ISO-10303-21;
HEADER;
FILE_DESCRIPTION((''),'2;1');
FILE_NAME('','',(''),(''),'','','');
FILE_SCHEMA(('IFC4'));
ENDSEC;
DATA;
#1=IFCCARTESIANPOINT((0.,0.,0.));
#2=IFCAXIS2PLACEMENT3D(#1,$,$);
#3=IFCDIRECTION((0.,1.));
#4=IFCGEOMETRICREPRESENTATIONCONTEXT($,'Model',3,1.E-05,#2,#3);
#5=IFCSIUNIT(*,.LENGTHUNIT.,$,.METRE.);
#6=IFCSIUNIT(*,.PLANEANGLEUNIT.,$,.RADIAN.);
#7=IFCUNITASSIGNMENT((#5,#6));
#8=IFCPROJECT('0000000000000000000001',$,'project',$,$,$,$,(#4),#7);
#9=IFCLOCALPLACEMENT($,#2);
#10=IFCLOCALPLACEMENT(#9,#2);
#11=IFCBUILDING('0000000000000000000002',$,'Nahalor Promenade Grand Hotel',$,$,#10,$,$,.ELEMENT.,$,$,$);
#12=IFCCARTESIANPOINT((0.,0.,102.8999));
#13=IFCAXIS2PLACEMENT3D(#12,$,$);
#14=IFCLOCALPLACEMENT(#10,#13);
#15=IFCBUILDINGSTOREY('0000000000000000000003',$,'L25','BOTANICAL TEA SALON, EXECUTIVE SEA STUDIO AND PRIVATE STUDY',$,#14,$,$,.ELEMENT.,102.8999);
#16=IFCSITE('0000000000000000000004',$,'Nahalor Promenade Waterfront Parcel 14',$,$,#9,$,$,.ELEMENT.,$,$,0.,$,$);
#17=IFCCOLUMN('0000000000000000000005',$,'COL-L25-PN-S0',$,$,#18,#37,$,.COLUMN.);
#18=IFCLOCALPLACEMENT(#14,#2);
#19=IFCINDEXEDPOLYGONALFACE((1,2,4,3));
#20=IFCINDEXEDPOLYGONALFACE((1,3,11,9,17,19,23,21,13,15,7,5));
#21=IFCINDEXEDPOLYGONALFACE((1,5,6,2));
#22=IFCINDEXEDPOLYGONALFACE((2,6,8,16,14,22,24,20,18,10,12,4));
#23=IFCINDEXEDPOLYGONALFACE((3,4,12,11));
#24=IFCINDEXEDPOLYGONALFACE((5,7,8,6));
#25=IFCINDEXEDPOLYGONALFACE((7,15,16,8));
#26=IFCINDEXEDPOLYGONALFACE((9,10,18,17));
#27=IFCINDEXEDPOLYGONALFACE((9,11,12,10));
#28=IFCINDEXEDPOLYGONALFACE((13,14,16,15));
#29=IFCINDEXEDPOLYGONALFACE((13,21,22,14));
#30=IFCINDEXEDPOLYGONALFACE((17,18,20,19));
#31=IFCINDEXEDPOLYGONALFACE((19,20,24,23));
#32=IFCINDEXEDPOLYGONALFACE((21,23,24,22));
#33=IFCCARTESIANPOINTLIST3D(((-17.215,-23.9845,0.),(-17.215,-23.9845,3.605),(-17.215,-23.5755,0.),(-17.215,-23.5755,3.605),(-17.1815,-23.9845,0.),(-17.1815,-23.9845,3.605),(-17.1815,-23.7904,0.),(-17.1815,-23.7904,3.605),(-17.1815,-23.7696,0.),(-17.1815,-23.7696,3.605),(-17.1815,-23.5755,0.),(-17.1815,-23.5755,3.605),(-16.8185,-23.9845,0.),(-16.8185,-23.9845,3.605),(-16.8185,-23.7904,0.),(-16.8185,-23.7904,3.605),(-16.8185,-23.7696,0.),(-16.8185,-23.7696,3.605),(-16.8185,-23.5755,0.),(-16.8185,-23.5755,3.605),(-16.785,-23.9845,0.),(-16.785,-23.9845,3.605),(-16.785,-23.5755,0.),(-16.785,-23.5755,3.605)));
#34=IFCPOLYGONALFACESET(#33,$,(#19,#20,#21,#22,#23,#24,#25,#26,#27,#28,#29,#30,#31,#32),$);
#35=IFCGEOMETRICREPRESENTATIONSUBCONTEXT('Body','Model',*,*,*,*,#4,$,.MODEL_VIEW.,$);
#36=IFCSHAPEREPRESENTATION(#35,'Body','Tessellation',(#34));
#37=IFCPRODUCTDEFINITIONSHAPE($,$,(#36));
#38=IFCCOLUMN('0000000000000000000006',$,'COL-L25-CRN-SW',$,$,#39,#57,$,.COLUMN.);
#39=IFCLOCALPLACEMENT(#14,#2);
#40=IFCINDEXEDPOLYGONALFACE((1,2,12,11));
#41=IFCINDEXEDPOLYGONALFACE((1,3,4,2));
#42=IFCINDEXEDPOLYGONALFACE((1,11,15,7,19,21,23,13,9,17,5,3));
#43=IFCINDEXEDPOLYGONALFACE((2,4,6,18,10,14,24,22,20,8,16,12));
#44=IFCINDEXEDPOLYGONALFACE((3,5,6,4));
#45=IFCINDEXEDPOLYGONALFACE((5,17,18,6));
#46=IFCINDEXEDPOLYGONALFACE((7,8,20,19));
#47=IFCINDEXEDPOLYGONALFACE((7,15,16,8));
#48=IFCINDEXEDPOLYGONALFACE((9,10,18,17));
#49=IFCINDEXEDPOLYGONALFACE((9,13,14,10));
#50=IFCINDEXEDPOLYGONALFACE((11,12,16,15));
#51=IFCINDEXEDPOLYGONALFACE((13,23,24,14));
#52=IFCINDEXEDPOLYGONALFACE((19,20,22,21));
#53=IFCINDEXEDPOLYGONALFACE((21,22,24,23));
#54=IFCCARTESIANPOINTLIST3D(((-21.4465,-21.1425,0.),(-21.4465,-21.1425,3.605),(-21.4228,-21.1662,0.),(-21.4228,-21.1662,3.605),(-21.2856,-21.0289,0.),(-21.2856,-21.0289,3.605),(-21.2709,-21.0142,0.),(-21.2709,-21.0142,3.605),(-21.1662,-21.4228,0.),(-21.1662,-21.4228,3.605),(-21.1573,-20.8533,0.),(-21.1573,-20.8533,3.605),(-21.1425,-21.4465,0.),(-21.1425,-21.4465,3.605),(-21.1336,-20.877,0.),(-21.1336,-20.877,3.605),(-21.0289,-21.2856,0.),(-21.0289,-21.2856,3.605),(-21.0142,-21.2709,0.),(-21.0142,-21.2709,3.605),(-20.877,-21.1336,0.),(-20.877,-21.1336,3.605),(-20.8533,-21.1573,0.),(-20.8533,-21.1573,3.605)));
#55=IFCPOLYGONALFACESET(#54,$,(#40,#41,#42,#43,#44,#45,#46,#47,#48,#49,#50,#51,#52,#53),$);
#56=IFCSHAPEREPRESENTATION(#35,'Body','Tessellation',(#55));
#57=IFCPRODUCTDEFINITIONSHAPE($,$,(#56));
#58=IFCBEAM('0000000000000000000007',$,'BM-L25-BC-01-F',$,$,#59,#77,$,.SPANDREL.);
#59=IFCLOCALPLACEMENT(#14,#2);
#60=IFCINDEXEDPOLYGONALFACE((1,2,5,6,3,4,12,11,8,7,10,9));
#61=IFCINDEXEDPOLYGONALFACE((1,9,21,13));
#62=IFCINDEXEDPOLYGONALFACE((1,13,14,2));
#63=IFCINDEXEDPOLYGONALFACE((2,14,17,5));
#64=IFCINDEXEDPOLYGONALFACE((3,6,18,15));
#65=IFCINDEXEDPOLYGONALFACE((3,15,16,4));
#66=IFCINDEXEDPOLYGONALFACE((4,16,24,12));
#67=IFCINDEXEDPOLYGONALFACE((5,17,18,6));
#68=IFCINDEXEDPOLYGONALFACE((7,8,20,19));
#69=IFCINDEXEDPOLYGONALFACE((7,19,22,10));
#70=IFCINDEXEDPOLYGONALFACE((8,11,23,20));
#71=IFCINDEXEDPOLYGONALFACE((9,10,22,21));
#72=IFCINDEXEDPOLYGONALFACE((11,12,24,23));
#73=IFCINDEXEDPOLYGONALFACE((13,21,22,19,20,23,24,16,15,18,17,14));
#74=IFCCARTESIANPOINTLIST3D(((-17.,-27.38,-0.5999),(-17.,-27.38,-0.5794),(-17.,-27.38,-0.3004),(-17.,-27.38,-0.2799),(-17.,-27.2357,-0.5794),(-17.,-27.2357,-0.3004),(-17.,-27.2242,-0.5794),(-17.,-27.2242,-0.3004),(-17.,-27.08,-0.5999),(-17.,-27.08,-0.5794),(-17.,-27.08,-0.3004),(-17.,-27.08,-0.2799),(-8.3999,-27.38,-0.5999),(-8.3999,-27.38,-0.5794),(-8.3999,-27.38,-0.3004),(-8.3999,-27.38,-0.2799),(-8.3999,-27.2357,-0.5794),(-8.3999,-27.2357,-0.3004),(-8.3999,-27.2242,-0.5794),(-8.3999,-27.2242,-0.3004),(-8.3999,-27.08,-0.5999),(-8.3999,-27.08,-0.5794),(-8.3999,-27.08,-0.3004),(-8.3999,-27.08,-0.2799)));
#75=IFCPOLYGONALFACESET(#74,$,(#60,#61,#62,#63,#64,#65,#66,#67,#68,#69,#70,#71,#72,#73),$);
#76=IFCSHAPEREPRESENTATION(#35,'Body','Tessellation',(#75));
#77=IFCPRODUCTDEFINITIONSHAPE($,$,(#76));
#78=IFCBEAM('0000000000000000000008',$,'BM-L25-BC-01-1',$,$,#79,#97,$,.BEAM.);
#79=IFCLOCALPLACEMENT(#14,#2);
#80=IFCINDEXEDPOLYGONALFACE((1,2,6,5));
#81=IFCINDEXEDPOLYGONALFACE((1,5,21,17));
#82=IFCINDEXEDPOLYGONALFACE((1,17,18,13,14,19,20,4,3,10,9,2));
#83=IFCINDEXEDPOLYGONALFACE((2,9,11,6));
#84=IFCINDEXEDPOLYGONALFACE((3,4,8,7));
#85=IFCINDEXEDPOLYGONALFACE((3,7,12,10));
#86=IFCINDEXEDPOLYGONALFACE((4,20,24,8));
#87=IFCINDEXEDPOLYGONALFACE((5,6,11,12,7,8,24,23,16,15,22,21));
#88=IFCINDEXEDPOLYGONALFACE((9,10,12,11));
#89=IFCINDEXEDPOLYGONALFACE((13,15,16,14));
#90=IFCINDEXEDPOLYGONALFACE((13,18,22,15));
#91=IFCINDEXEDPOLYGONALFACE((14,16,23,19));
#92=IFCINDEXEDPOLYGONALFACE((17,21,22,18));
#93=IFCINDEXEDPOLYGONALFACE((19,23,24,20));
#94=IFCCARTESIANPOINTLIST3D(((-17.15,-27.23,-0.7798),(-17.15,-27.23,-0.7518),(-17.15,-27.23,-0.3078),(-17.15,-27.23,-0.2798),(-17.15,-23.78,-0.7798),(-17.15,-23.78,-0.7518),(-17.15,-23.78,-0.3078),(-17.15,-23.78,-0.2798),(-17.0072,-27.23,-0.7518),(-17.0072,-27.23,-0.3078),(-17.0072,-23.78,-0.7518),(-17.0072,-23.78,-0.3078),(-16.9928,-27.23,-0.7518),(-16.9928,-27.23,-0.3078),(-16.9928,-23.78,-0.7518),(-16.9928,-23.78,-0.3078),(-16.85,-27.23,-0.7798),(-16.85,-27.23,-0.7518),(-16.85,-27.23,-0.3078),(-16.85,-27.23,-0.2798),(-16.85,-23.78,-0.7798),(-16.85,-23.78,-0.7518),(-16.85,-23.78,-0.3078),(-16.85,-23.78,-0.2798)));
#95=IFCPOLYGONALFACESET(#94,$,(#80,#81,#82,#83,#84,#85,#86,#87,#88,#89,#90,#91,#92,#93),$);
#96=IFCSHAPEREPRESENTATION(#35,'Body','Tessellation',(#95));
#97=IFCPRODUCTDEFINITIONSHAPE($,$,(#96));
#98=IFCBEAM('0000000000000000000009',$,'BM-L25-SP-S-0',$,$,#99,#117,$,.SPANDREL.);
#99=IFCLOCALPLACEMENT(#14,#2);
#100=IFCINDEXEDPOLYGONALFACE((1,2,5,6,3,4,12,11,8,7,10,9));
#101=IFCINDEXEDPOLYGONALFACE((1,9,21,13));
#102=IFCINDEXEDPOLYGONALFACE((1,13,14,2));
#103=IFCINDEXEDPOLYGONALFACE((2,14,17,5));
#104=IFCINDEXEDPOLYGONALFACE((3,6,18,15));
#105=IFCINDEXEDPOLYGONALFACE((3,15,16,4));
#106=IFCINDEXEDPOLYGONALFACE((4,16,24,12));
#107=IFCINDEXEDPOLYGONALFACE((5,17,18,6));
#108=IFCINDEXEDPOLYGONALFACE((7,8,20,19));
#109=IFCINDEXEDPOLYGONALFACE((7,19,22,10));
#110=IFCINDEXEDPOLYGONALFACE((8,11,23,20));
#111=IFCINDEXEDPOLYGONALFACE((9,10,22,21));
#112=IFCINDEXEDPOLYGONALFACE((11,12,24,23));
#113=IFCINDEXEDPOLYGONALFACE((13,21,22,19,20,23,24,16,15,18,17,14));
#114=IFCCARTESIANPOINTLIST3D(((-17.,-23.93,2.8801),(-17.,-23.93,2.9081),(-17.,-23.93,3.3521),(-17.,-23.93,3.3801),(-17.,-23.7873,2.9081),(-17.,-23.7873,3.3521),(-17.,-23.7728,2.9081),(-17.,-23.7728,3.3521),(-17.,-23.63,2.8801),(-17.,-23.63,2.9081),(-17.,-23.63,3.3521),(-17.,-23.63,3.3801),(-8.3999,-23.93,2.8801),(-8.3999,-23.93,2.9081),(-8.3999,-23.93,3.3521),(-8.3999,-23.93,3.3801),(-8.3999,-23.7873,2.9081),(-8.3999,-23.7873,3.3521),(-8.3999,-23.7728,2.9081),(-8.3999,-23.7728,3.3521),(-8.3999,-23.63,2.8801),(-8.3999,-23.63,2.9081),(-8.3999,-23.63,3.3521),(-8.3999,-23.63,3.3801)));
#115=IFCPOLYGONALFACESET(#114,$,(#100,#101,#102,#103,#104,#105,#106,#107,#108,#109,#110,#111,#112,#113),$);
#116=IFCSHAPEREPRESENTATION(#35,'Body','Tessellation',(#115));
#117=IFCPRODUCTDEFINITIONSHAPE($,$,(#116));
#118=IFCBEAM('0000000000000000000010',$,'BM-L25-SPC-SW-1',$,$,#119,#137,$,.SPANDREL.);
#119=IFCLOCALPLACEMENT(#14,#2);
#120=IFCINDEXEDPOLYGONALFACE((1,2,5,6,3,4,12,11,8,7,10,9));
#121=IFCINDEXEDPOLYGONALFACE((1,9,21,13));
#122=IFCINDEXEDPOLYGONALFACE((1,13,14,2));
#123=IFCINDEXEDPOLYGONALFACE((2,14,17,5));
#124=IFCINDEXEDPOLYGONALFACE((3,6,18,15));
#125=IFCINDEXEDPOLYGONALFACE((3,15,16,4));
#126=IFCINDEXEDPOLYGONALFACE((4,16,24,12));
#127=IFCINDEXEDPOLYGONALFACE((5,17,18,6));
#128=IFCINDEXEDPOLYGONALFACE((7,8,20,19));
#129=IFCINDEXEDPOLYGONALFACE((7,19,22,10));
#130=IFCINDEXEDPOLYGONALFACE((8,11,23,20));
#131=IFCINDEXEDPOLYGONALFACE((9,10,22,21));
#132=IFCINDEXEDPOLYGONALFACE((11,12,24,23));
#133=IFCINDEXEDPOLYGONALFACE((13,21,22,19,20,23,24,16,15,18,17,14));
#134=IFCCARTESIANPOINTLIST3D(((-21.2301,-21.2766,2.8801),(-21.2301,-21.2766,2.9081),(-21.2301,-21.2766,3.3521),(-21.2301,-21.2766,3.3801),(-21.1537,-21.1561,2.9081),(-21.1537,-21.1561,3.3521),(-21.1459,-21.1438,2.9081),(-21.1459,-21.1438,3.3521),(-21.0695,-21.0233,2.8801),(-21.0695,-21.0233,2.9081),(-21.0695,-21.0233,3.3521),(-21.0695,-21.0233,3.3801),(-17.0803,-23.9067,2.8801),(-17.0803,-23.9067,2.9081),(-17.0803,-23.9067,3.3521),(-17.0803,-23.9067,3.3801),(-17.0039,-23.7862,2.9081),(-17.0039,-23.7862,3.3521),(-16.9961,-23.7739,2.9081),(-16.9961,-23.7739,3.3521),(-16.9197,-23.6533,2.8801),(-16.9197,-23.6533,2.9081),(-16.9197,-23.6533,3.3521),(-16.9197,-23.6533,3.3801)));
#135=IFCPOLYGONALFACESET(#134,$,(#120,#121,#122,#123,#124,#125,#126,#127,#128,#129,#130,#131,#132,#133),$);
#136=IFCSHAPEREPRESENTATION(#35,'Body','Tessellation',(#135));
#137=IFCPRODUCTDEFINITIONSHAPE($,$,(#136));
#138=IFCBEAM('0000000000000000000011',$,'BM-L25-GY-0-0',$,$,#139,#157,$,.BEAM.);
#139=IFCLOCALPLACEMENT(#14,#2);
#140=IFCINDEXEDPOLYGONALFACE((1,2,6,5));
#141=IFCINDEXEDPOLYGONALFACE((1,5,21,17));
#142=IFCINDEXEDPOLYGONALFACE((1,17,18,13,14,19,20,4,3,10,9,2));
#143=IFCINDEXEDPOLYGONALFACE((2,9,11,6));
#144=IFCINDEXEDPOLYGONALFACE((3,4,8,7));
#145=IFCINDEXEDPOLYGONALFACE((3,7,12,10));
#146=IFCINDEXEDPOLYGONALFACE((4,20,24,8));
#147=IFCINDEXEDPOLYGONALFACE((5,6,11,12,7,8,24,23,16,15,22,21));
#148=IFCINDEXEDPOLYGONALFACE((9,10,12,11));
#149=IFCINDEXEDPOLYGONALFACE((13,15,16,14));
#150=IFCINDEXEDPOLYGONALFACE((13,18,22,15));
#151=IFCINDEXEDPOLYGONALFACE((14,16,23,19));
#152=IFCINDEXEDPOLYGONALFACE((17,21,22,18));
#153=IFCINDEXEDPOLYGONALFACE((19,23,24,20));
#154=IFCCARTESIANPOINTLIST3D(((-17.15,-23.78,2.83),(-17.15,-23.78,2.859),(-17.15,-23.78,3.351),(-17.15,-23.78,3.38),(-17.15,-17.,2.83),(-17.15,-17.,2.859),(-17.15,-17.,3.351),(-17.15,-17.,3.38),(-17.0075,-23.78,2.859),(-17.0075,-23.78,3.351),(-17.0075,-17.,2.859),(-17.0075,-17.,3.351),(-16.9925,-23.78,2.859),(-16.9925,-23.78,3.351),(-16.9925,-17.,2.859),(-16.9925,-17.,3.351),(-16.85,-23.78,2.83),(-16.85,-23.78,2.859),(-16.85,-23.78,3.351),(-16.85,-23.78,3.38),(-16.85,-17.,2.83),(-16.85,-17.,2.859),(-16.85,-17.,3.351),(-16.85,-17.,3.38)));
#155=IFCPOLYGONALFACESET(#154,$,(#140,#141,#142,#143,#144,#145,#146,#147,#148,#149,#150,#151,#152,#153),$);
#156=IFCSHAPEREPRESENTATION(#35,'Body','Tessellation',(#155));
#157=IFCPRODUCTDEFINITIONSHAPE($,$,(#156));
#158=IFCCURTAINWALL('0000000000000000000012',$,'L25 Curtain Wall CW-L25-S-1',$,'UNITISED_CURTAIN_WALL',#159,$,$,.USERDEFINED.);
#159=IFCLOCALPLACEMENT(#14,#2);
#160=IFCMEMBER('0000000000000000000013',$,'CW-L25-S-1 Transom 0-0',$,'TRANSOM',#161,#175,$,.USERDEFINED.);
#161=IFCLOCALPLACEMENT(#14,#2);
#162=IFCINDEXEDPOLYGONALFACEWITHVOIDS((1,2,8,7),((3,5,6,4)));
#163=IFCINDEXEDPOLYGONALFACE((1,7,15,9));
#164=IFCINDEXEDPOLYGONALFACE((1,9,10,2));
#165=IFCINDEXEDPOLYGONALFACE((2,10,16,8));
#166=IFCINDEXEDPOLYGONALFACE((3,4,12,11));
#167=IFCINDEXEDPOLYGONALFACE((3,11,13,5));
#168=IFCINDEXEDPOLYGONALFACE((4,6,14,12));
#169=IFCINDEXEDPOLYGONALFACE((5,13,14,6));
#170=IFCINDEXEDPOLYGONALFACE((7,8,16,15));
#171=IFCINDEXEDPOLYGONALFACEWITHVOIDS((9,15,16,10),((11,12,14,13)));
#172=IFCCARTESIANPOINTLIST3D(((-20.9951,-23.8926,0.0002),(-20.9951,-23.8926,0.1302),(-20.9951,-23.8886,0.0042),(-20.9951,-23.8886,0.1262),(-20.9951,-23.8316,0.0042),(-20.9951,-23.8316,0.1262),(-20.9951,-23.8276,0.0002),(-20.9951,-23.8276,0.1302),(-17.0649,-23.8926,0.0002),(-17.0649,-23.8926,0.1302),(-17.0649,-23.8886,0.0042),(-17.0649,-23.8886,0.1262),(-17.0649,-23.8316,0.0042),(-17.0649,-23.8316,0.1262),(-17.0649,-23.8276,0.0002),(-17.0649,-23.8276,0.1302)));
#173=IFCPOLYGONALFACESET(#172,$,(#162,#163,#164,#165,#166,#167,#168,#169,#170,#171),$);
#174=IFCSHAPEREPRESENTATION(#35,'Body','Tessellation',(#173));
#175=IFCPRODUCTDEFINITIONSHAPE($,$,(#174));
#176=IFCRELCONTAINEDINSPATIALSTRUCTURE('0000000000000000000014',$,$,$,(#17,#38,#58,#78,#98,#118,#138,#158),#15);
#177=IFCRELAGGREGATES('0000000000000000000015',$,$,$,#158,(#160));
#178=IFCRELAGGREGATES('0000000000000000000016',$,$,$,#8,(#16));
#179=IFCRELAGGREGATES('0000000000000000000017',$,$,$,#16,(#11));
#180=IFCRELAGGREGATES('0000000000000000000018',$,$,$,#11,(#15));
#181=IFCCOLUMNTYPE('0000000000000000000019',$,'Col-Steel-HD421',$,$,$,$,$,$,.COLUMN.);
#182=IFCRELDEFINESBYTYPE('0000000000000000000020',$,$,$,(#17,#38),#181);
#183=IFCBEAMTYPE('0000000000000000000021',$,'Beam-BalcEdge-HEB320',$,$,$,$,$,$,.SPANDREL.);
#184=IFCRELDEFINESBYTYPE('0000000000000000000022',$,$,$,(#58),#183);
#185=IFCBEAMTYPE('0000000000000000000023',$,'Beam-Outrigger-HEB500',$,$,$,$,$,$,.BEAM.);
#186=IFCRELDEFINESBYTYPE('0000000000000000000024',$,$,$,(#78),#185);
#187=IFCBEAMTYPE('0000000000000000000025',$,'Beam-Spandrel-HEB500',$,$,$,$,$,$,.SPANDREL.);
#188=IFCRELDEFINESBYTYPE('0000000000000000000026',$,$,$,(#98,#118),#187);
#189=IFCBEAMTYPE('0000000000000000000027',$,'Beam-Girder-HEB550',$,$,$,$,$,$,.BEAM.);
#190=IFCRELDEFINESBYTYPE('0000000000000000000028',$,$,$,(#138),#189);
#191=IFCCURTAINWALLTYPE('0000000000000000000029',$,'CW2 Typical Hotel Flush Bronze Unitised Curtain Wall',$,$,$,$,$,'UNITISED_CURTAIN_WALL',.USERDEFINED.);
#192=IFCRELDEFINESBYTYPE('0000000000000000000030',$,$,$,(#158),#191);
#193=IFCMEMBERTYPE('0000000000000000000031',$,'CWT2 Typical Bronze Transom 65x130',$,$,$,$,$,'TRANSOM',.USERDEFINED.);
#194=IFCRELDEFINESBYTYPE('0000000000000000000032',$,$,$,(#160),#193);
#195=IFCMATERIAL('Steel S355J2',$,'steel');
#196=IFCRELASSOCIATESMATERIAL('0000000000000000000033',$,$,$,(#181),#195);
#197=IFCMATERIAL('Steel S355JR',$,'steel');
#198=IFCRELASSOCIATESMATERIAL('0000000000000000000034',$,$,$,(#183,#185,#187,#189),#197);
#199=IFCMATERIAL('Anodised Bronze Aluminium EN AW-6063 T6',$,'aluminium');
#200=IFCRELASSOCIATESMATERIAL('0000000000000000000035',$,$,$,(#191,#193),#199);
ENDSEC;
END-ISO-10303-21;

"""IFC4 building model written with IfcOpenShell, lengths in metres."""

from ifc_helpers import new_model, si_unit, direction, frame, origin, origin_2d, place, context, subcontext, project, spatial, hollow_rectangle, i_section, extrude, source, transform, mapped, material, material_profile, profile_set, type_object, element, aggregate, save


model = new_model("IFC4")

# Units and contexts
model_context = context("Model", 3, precision=1e-05, world=origin(), true_north=direction((0.0, 1.0)))
body_context = subcontext(model_context, "Body", "Model", "MODEL_VIEW")
ifc_project = project(units=[si_unit("LENGTHUNIT", "METRE"), si_unit("PLANEANGLEUNIT", "RADIAN")], contexts=[model_context])

# Site, building, storey
site_placement = place(None, origin())
site = spatial("IfcSite", under=ifc_project, at=site_placement, Name="Nahalor Promenade Waterfront Parcel 14", CompositionType="ELEMENT", RefElevation=0.0)
building_placement = place(site_placement, origin())
building = spatial("IfcBuilding", under=site, at=building_placement, Name="Nahalor Promenade Grand Hotel", CompositionType="ELEMENT")
storey_placement = place(building_placement, frame((0.0, 0.0, 102.8999)))
storey = spatial("IfcBuildingStorey", under=building, at=storey_placement, Name="L25", Description="BOTANICAL TEA SALON, EXECUTIVE SEA STUDIO AND PRIVATE STUDY", CompositionType="ELEMENT", Elevation=102.8999)

# Columns
ifc_material_1 = material(Name="Steel S355J2", Category="steel")
ifc_material_profile_1 = material_profile(ifc_material_1, i_section(OverallWidth=0.409, OverallDepth=0.43, WebThickness=0.0208, FlangeThickness=0.0335, at=origin_2d()), Name="HD 400x421")
ifc_profile_set_1 = profile_set([ifc_material_profile_1], Name="Steel S355J2")
column_type = type_object("IfcColumnType", Name="Col-Steel-HD421", PredefinedType="COLUMN", material=ifc_profile_set_1)
shared_shape_1 = source(origin(), body_context, "Body", "SweptSolid", [
    extrude(i_section(OverallWidth=0.409, OverallDepth=0.43, WebThickness=0.0208, FlangeThickness=0.0335, at=origin_2d()), origin(), (0.0, 0.0, 1.0), 3.605),
])
for number, where, z_axis, x_axis, name in (
    (1, (-17.0, -23.78, 0.0), (0.0, 0.0, 1.0), (0.0, 1.0, 0.0), "COL-L25-PN-S0"),
    (2, (-21.1499, -21.1499, 0.0), (0.0, 0.0, 1.0), (0.707107, 0.707107, 0.0), "COL-L25-CRN-SW"),
):
    element("IfcColumn", number, at=place(storey_placement, frame(where, z_axis=z_axis, x_axis=x_axis)), inside=storey, type_object=column_type, Name=name, PredefinedType="COLUMN", context=body_context, shape_type="MappedRepresentation", body=[
        mapped(shared_shape_1, transform((0.0, 0.0, 0.0), scale=1.0)),
    ])

# Beams
ifc_material_2 = material(Name="Steel S355JR", Category="steel")
ifc_material_profile_2 = material_profile(ifc_material_2, i_section(OverallWidth=0.3, OverallDepth=0.32, WebThickness=0.0115, FlangeThickness=0.0205, at=origin_2d()), Name="HEB 320")
ifc_profile_set_2 = profile_set([ifc_material_profile_2], Name="Steel S355JR")
beam_type_1 = type_object("IfcBeamType", Name="Beam-BalcEdge-HEB320", PredefinedType="SPANDREL", material=ifc_profile_set_2)
shared_shape_2 = source(origin(), body_context, "Body", "SweptSolid", [
    extrude(i_section(OverallWidth=0.3, OverallDepth=0.32, WebThickness=0.0115, FlangeThickness=0.0205, at=origin_2d()), origin(), (0.0, 0.0, 1.0), 8.6001),
])
beam_1_placement = place(storey_placement, frame((-17.0, -27.23, -0.4399), z_axis=(1.0, 0.0, 0.0), x_axis=(0.0, 1.0, 0.0)))
element("IfcBeam", 3, at=beam_1_placement, inside=storey, type_object=beam_type_1, Name="BM-L25-BC-01-F", PredefinedType="SPANDREL", context=body_context, shape_type="MappedRepresentation", body=[
    mapped(shared_shape_2, transform((0.0, 0.0, 0.0), scale=1.0)),
])
ifc_material_profile_3 = material_profile(ifc_material_2, i_section(OverallWidth=0.3, OverallDepth=0.5, WebThickness=0.0145, FlangeThickness=0.028, at=origin_2d()), Name="HEB 500")
ifc_profile_set_3 = profile_set([ifc_material_profile_3], Name="Steel S355JR")
beam_type_2 = type_object("IfcBeamType", Name="Beam-Outrigger-HEB500", PredefinedType="BEAM", material=ifc_profile_set_3)
shared_shape_3 = source(origin(), body_context, "Body", "SweptSolid", [
    extrude(i_section(OverallWidth=0.3, OverallDepth=0.5, WebThickness=0.0145, FlangeThickness=0.028, at=origin_2d()), origin(), (0.0, 0.0, 1.0), 3.45),
])
beam_2_placement = place(storey_placement, frame((-17.0, -27.23, -0.5298), z_axis=(0.0, 1.0, 0.0), x_axis=(-1.0, 0.0, 0.0)))
element("IfcBeam", 4, at=beam_2_placement, inside=storey, type_object=beam_type_2, Name="BM-L25-BC-01-1", PredefinedType="BEAM", context=body_context, shape_type="MappedRepresentation", body=[
    mapped(shared_shape_3, transform((0.0, 0.0, 0.0), scale=1.0)),
])
ifc_material_profile_4 = material_profile(ifc_material_2, i_section(OverallWidth=0.3, OverallDepth=0.5, WebThickness=0.0145, FlangeThickness=0.028, at=origin_2d()), Name="HEB 500")
ifc_profile_set_4 = profile_set([ifc_material_profile_4], Name="Steel S355JR")
beam_type_3 = type_object("IfcBeamType", Name="Beam-Spandrel-HEB500", PredefinedType="SPANDREL", material=ifc_profile_set_4)
shared_shape_4 = source(origin(), body_context, "Body", "SweptSolid", [
    extrude(i_section(OverallWidth=0.3, OverallDepth=0.5, WebThickness=0.0145, FlangeThickness=0.028, at=origin_2d()), origin(), (0.0, 0.0, 1.0), 8.6001),
])
beam_3_placement = place(storey_placement, frame((-17.0, -23.78, 3.1301), z_axis=(1.0, 0.0, 0.0), x_axis=(0.0, 1.0, 0.0)))
element("IfcBeam", 5, at=beam_3_placement, inside=storey, type_object=beam_type_3, Name="BM-L25-SP-S-0", PredefinedType="SPANDREL", context=body_context, shape_type="MappedRepresentation", body=[
    mapped(shared_shape_4, transform((0.0, 0.0, 0.0), scale=1.0)),
])
shared_shape_5 = source(origin(), body_context, "Body", "SweptSolid", [
    extrude(i_section(OverallWidth=0.3, OverallDepth=0.5, WebThickness=0.0145, FlangeThickness=0.028, at=origin_2d()), origin(), (0.0, 0.0, 1.0), 4.9131),
])
beam_4_placement = place(storey_placement, frame((-17.0, -23.78, 3.1301), z_axis=(-0.844648, 0.535322, 0.0), x_axis=(-0.535322, -0.844648, 0.0)))
element("IfcBeam", 6, at=beam_4_placement, inside=storey, type_object=beam_type_3, Name="BM-L25-SPC-SW-1", PredefinedType="SPANDREL", context=body_context, shape_type="MappedRepresentation", body=[
    mapped(shared_shape_5, transform((0.0, 0.0, 0.0), scale=1.0)),
])
ifc_material_profile_5 = material_profile(ifc_material_2, i_section(OverallWidth=0.3, OverallDepth=0.55, WebThickness=0.015, FlangeThickness=0.029, at=origin_2d()), Name="HEB 550")
ifc_profile_set_5 = profile_set([ifc_material_profile_5], Name="Steel S355JR")
beam_type_4 = type_object("IfcBeamType", Name="Beam-Girder-HEB550", PredefinedType="BEAM", material=ifc_profile_set_5)
shared_shape_6 = source(origin(), body_context, "Body", "SweptSolid", [
    extrude(i_section(OverallWidth=0.3, OverallDepth=0.55, WebThickness=0.015, FlangeThickness=0.029, at=origin_2d()), origin(), (0.0, 0.0, 1.0), 6.78),
])
beam_5_placement = place(storey_placement, frame((-17.0, -23.78, 3.105), z_axis=(0.0, 1.0, 0.0), x_axis=(-1.0, 0.0, 0.0)))
element("IfcBeam", 7, at=beam_5_placement, inside=storey, type_object=beam_type_4, Name="BM-L25-GY-0-0", PredefinedType="BEAM", context=body_context, shape_type="MappedRepresentation", body=[
    mapped(shared_shape_6, transform((0.0, 0.0, 0.0), scale=1.0)),
])

# Curtain wall, member
ifc_material_3 = material(Name="Anodised Bronze Aluminium EN AW-6063 T6", Category="aluminium")
curtain_wall_type = type_object("IfcCurtainWallType", Name="CW2 Typical Hotel Flush Bronze Unitised Curtain Wall", ElementType="UNITISED_CURTAIN_WALL", PredefinedType="USERDEFINED", material=ifc_material_3)
curtain_wall_placement = place(storey_placement, origin())
curtain_wall = element("IfcCurtainWall", 8, at=curtain_wall_placement, inside=storey, type_object=curtain_wall_type, Name="L25 Curtain Wall CW-L25-S-1", ObjectType="UNITISED_CURTAIN_WALL", PredefinedType="USERDEFINED")
ifc_material_profile_6 = material_profile(ifc_material_3, hollow_rectangle(XDim=0.065, YDim=0.13, WallThickness=0.004, at=origin_2d()), Name="CWT 65x130x4")
ifc_profile_set_6 = profile_set([ifc_material_profile_6], Name="Anodised Bronze Aluminium EN AW-6063 T6")
member_type_1 = type_object("IfcMemberType", Name="CWT2 Typical Bronze Transom 65x130", ElementType="TRANSOM", PredefinedType="USERDEFINED", material=ifc_profile_set_6)
shared_shape_7 = source(origin(), body_context, "Body", "SweptSolid", [
    extrude(hollow_rectangle(XDim=0.065, YDim=0.13, WallThickness=0.004, at=origin_2d()), origin(), (0.0, 0.0, 1.0), 3.9302),
])
member_1_placement = place(storey_placement, frame((-20.9951, -23.8601, 0.0652), z_axis=(1.0, 0.0, 0.0), x_axis=(0.0, 1.0, 0.0)))
member_1 = element("IfcMember", 9, at=member_1_placement, type_object=member_type_1, Name="CW-L25-S-1 Transom 0-0", ObjectType="TRANSOM", PredefinedType="USERDEFINED", context=body_context, shape_type="MappedRepresentation", body=[
    mapped(shared_shape_7, transform((0.0, 0.0, 0.0), scale=1.0)),
])
aggregate(curtain_wall, [member_1])

save(model, "model.ifc")
